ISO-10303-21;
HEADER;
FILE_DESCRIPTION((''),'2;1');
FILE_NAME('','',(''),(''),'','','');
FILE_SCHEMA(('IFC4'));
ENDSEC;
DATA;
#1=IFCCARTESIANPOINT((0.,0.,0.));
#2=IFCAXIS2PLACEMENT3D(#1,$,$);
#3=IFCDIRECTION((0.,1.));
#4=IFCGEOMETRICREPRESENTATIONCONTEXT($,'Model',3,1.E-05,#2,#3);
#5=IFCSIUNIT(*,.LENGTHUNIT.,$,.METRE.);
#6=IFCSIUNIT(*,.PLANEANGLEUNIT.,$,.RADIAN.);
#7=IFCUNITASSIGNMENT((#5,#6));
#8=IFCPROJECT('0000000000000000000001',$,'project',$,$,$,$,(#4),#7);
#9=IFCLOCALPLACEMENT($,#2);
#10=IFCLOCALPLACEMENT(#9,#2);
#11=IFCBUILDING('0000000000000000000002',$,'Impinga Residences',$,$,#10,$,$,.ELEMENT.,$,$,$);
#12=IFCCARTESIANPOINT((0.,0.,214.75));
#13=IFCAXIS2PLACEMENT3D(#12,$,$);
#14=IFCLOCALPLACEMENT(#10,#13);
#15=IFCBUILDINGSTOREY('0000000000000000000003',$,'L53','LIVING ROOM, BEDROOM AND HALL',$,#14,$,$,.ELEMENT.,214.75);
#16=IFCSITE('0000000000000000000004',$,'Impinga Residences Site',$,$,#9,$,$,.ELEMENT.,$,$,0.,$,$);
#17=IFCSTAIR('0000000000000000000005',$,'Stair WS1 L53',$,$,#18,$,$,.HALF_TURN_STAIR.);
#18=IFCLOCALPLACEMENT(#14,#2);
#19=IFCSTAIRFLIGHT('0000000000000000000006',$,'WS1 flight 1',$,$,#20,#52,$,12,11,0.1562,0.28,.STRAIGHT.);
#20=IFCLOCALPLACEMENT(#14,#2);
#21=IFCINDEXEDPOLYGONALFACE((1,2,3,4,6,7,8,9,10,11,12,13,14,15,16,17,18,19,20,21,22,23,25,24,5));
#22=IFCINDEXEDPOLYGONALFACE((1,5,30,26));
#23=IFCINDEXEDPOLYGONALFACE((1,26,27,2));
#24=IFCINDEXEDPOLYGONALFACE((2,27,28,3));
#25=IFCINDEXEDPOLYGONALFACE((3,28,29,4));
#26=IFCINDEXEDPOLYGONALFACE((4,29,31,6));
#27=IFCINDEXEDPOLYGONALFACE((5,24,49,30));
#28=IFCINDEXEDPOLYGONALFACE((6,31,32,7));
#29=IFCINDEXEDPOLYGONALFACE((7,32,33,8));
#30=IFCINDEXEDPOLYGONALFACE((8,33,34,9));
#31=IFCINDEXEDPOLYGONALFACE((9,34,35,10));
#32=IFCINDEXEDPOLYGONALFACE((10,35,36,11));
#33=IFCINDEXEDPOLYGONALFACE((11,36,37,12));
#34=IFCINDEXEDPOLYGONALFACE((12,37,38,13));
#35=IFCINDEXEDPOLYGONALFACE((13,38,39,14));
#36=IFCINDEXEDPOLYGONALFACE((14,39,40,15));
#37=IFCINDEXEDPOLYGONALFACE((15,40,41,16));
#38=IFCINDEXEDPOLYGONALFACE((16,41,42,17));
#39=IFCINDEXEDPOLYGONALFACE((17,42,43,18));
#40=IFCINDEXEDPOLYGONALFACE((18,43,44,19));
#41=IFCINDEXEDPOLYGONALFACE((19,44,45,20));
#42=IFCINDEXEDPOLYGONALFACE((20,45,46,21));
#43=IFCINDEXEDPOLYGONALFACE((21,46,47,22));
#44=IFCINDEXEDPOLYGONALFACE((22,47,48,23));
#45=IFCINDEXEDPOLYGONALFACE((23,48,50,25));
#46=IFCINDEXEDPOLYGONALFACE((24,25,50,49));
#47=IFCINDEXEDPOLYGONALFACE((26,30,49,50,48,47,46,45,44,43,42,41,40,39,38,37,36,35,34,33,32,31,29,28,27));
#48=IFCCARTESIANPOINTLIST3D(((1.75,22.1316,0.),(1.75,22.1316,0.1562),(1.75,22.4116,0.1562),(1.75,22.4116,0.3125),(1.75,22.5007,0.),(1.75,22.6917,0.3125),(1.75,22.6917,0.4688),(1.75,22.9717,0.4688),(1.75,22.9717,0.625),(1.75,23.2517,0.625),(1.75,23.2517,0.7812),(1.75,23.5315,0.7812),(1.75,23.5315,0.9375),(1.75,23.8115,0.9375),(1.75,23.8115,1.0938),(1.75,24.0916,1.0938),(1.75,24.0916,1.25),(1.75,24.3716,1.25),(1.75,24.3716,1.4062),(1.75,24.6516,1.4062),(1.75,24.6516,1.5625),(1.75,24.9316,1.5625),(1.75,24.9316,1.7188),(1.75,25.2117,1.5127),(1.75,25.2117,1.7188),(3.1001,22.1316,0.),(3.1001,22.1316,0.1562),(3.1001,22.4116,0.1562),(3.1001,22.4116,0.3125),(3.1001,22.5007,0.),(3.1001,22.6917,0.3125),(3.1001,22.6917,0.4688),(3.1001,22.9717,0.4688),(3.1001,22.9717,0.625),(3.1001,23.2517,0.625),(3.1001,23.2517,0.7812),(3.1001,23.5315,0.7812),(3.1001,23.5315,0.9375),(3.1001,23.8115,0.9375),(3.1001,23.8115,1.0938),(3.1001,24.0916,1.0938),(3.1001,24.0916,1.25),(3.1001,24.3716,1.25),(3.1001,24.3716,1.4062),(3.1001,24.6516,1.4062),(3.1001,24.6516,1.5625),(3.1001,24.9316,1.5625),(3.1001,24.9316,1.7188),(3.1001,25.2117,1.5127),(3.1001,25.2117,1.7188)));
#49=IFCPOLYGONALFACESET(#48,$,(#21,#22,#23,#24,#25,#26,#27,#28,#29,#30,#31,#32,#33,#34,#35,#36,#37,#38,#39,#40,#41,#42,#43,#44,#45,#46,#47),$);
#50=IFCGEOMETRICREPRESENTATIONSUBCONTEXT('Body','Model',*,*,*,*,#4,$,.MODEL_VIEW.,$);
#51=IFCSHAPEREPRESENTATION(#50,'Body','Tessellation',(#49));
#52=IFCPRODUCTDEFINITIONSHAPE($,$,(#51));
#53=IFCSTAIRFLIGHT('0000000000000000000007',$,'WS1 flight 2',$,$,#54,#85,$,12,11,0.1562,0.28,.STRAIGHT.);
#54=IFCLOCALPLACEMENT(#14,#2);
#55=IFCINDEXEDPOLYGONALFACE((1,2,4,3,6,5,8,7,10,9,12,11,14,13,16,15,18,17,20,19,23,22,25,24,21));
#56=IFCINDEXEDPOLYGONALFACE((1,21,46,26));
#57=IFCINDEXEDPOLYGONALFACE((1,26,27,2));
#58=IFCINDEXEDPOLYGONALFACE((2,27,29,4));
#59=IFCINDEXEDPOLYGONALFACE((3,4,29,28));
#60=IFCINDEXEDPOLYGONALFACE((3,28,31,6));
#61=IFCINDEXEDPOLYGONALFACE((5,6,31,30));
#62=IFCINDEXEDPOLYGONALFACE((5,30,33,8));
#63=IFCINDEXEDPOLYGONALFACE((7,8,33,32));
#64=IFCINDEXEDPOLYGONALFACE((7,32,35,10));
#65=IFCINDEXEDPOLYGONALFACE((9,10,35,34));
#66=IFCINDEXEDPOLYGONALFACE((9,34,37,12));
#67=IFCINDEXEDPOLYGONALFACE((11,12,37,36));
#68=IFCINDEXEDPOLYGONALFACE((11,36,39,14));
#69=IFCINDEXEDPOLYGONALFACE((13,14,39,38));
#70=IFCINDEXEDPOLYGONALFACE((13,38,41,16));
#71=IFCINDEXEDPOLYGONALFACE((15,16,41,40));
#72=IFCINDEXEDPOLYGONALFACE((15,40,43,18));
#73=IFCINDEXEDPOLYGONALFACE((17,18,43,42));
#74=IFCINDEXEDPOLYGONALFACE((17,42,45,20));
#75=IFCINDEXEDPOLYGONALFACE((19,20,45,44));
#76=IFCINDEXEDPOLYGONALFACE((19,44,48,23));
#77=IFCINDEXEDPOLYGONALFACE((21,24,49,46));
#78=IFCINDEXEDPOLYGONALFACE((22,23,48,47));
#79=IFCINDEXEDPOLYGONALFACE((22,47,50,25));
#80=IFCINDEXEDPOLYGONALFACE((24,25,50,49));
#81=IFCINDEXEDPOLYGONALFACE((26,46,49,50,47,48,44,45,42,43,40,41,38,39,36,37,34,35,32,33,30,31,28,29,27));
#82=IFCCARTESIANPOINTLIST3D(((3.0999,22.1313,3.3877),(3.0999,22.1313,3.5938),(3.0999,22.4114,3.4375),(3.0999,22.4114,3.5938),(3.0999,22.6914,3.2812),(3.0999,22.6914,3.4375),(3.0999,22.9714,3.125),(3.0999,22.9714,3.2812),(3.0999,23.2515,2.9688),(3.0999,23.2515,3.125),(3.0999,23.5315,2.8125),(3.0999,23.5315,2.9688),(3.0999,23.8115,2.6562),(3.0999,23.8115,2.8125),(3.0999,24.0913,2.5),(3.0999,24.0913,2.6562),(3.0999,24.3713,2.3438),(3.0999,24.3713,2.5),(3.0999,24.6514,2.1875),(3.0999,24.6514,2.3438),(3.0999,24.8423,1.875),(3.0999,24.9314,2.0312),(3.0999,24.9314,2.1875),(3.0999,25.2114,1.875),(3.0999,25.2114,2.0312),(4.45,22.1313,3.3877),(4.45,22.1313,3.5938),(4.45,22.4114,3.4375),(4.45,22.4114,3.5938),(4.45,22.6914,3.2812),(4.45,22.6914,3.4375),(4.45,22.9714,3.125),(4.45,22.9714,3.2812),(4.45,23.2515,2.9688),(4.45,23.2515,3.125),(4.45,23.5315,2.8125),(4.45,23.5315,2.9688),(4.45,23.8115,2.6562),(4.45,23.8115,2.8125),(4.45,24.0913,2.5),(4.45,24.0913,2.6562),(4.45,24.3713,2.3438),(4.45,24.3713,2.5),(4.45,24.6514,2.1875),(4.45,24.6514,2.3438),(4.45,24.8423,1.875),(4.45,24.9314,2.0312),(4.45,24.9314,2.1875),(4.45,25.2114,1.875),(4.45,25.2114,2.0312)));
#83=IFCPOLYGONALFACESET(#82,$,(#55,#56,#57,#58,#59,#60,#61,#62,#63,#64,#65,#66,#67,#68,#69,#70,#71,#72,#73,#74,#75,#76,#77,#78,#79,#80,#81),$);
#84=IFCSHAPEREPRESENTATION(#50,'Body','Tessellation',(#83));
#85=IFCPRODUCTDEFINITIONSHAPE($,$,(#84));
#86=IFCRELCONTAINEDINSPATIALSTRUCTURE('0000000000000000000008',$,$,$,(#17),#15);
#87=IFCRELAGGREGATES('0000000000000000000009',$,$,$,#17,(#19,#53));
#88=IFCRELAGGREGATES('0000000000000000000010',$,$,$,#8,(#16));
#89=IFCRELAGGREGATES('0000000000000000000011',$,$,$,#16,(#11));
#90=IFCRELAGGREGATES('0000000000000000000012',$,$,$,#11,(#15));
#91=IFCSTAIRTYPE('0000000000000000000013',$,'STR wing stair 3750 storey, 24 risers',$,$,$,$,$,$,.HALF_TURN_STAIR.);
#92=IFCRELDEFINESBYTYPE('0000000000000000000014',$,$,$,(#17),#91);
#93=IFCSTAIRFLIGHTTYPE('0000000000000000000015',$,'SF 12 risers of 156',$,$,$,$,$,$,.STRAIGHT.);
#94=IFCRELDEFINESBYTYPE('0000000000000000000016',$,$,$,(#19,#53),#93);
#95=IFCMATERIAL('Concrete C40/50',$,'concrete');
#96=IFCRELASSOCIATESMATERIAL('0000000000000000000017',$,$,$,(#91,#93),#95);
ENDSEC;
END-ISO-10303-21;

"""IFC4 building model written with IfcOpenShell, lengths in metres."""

from ifc_helpers import new_model, si_unit, direction, frame, origin, place, context, subcontext, project, spatial, polyline, outline, extrude, material, type_object, element, aggregate, save


model = new_model("IFC4")

# Units and contexts
model_context = context("Model", 3, precision=1e-05, world=origin(), true_north=direction((0.0, 1.0)))
body_context = subcontext(model_context, "Body", "Model", "MODEL_VIEW")
ifc_project = project(units=[si_unit("LENGTHUNIT", "METRE"), si_unit("PLANEANGLEUNIT", "RADIAN")], contexts=[model_context])

# Site, building, storey
site_placement = place(None, origin())
site = spatial("IfcSite", under=ifc_project, at=site_placement, Name="Impinga Residences Site", CompositionType="ELEMENT", RefElevation=0.0)
building_placement = place(site_placement, origin())
building = spatial("IfcBuilding", under=site, at=building_placement, Name="Impinga Residences", CompositionType="ELEMENT")
storey_placement = place(building_placement, frame((0.0, 0.0, 214.75)))
storey = spatial("IfcBuildingStorey", under=building, at=storey_placement, Name="L53", Description="LIVING ROOM, BEDROOM AND HALL", CompositionType="ELEMENT", Elevation=214.75)

# Stair, stair flights
ifc_material_1 = material(Name="Concrete C40/50", Category="concrete")
stair_type = type_object("IfcStairType", Name="STR wing stair 3750 storey, 24 risers", PredefinedType="HALF_TURN_STAIR", material=ifc_material_1)
stair_placement = place(storey_placement, origin())
stair = element("IfcStair", 1, at=stair_placement, inside=storey, type_object=stair_type, Name="Stair WS1 L53", PredefinedType="HALF_TURN_STAIR")
stair_flight_type = type_object("IfcStairFlightType", Name="SF 12 risers of 156", PredefinedType="STRAIGHT", material=ifc_material_1)
stair_flight_1_placement = place(storey_placement, frame((2.425, 22.1316, 0.0), z_axis=(0.0, 0.0, 1.0), x_axis=(0.0, 1.0, 0.0)))
stair_flight_1 = element("IfcStairFlight", 2, at=stair_flight_1_placement, type_object=stair_flight_type, Name="WS1 flight 1", NumberOfRisers=12, NumberOfTreads=11, PredefinedType="STRAIGHT", RiserHeight=0.1562, TreadLength=0.28, context=body_context, shape_type="SweptSolid", body=[
    extrude(outline(polyline([(0.0, 0.0), (0.0, 0.1562), (0.28, 0.1562), (0.28, 0.3125), (0.5601, 0.3125), (0.5601, 0.4688), (0.8401, 0.4688), (0.8401, 0.625), (1.1201, 0.625), (1.1201, 0.7812), (1.3999, 0.7812), (1.3999, 0.9375), (1.6799, 0.9375), (1.6799, 1.0938), (1.96, 1.0938), (1.96, 1.25), (2.24, 1.25), (2.24, 1.4062), (2.52, 1.4062), (2.52, 1.5625), (2.8, 1.5625), (2.8, 1.7188), (3.0801, 1.7188), (3.0801, 1.875), (3.0801, 1.5127), (0.3691, 0.0), (0.0, 0.0)])), frame((0.0, 0.675, 0.0), z_axis=(0.0, -1.0, 0.0), x_axis=(1.0, 0.0, 0.0)), (0.0, 0.0, 1.0), 1.3501),
])
stair_flight_2_placement = place(storey_placement, frame((3.7749, 25.2114, 1.875), z_axis=(0.0, 0.0, 1.0), x_axis=(0.0, -1.0, 0.0)))
stair_flight_2 = element("IfcStairFlight", 3, at=stair_flight_2_placement, type_object=stair_flight_type, Name="WS1 flight 2", NumberOfRisers=12, NumberOfTreads=11, PredefinedType="STRAIGHT", RiserHeight=0.1562, TreadLength=0.28, context=body_context, shape_type="SweptSolid", body=[
    extrude(outline(polyline([(0.0, 0.0), (0.0, 0.1562), (0.28, 0.1562), (0.28, 0.3125), (0.5601, 0.3125), (0.5601, 0.4688), (0.8401, 0.4688), (0.8401, 0.625), (1.1201, 0.625), (1.1201, 0.7812), (1.3999, 0.7812), (1.3999, 0.9375), (1.6799, 0.9375), (1.6799, 1.0938), (1.96, 1.0938), (1.96, 1.25), (2.24, 1.25), (2.24, 1.4062), (2.52, 1.4062), (2.52, 1.5625), (2.8, 1.5625), (2.8, 1.7188), (3.0801, 1.7188), (3.0801, 1.875), (3.0801, 1.5127), (0.3691, 0.0), (0.0, 0.0)])), frame((0.0, 0.675, 0.0), z_axis=(0.0, -1.0, 0.0), x_axis=(1.0, 0.0, 0.0)), (0.0, 0.0, 1.0), 1.3501),
])
aggregate(stair, [stair_flight_1, stair_flight_2])

save(model, "model.ifc")
